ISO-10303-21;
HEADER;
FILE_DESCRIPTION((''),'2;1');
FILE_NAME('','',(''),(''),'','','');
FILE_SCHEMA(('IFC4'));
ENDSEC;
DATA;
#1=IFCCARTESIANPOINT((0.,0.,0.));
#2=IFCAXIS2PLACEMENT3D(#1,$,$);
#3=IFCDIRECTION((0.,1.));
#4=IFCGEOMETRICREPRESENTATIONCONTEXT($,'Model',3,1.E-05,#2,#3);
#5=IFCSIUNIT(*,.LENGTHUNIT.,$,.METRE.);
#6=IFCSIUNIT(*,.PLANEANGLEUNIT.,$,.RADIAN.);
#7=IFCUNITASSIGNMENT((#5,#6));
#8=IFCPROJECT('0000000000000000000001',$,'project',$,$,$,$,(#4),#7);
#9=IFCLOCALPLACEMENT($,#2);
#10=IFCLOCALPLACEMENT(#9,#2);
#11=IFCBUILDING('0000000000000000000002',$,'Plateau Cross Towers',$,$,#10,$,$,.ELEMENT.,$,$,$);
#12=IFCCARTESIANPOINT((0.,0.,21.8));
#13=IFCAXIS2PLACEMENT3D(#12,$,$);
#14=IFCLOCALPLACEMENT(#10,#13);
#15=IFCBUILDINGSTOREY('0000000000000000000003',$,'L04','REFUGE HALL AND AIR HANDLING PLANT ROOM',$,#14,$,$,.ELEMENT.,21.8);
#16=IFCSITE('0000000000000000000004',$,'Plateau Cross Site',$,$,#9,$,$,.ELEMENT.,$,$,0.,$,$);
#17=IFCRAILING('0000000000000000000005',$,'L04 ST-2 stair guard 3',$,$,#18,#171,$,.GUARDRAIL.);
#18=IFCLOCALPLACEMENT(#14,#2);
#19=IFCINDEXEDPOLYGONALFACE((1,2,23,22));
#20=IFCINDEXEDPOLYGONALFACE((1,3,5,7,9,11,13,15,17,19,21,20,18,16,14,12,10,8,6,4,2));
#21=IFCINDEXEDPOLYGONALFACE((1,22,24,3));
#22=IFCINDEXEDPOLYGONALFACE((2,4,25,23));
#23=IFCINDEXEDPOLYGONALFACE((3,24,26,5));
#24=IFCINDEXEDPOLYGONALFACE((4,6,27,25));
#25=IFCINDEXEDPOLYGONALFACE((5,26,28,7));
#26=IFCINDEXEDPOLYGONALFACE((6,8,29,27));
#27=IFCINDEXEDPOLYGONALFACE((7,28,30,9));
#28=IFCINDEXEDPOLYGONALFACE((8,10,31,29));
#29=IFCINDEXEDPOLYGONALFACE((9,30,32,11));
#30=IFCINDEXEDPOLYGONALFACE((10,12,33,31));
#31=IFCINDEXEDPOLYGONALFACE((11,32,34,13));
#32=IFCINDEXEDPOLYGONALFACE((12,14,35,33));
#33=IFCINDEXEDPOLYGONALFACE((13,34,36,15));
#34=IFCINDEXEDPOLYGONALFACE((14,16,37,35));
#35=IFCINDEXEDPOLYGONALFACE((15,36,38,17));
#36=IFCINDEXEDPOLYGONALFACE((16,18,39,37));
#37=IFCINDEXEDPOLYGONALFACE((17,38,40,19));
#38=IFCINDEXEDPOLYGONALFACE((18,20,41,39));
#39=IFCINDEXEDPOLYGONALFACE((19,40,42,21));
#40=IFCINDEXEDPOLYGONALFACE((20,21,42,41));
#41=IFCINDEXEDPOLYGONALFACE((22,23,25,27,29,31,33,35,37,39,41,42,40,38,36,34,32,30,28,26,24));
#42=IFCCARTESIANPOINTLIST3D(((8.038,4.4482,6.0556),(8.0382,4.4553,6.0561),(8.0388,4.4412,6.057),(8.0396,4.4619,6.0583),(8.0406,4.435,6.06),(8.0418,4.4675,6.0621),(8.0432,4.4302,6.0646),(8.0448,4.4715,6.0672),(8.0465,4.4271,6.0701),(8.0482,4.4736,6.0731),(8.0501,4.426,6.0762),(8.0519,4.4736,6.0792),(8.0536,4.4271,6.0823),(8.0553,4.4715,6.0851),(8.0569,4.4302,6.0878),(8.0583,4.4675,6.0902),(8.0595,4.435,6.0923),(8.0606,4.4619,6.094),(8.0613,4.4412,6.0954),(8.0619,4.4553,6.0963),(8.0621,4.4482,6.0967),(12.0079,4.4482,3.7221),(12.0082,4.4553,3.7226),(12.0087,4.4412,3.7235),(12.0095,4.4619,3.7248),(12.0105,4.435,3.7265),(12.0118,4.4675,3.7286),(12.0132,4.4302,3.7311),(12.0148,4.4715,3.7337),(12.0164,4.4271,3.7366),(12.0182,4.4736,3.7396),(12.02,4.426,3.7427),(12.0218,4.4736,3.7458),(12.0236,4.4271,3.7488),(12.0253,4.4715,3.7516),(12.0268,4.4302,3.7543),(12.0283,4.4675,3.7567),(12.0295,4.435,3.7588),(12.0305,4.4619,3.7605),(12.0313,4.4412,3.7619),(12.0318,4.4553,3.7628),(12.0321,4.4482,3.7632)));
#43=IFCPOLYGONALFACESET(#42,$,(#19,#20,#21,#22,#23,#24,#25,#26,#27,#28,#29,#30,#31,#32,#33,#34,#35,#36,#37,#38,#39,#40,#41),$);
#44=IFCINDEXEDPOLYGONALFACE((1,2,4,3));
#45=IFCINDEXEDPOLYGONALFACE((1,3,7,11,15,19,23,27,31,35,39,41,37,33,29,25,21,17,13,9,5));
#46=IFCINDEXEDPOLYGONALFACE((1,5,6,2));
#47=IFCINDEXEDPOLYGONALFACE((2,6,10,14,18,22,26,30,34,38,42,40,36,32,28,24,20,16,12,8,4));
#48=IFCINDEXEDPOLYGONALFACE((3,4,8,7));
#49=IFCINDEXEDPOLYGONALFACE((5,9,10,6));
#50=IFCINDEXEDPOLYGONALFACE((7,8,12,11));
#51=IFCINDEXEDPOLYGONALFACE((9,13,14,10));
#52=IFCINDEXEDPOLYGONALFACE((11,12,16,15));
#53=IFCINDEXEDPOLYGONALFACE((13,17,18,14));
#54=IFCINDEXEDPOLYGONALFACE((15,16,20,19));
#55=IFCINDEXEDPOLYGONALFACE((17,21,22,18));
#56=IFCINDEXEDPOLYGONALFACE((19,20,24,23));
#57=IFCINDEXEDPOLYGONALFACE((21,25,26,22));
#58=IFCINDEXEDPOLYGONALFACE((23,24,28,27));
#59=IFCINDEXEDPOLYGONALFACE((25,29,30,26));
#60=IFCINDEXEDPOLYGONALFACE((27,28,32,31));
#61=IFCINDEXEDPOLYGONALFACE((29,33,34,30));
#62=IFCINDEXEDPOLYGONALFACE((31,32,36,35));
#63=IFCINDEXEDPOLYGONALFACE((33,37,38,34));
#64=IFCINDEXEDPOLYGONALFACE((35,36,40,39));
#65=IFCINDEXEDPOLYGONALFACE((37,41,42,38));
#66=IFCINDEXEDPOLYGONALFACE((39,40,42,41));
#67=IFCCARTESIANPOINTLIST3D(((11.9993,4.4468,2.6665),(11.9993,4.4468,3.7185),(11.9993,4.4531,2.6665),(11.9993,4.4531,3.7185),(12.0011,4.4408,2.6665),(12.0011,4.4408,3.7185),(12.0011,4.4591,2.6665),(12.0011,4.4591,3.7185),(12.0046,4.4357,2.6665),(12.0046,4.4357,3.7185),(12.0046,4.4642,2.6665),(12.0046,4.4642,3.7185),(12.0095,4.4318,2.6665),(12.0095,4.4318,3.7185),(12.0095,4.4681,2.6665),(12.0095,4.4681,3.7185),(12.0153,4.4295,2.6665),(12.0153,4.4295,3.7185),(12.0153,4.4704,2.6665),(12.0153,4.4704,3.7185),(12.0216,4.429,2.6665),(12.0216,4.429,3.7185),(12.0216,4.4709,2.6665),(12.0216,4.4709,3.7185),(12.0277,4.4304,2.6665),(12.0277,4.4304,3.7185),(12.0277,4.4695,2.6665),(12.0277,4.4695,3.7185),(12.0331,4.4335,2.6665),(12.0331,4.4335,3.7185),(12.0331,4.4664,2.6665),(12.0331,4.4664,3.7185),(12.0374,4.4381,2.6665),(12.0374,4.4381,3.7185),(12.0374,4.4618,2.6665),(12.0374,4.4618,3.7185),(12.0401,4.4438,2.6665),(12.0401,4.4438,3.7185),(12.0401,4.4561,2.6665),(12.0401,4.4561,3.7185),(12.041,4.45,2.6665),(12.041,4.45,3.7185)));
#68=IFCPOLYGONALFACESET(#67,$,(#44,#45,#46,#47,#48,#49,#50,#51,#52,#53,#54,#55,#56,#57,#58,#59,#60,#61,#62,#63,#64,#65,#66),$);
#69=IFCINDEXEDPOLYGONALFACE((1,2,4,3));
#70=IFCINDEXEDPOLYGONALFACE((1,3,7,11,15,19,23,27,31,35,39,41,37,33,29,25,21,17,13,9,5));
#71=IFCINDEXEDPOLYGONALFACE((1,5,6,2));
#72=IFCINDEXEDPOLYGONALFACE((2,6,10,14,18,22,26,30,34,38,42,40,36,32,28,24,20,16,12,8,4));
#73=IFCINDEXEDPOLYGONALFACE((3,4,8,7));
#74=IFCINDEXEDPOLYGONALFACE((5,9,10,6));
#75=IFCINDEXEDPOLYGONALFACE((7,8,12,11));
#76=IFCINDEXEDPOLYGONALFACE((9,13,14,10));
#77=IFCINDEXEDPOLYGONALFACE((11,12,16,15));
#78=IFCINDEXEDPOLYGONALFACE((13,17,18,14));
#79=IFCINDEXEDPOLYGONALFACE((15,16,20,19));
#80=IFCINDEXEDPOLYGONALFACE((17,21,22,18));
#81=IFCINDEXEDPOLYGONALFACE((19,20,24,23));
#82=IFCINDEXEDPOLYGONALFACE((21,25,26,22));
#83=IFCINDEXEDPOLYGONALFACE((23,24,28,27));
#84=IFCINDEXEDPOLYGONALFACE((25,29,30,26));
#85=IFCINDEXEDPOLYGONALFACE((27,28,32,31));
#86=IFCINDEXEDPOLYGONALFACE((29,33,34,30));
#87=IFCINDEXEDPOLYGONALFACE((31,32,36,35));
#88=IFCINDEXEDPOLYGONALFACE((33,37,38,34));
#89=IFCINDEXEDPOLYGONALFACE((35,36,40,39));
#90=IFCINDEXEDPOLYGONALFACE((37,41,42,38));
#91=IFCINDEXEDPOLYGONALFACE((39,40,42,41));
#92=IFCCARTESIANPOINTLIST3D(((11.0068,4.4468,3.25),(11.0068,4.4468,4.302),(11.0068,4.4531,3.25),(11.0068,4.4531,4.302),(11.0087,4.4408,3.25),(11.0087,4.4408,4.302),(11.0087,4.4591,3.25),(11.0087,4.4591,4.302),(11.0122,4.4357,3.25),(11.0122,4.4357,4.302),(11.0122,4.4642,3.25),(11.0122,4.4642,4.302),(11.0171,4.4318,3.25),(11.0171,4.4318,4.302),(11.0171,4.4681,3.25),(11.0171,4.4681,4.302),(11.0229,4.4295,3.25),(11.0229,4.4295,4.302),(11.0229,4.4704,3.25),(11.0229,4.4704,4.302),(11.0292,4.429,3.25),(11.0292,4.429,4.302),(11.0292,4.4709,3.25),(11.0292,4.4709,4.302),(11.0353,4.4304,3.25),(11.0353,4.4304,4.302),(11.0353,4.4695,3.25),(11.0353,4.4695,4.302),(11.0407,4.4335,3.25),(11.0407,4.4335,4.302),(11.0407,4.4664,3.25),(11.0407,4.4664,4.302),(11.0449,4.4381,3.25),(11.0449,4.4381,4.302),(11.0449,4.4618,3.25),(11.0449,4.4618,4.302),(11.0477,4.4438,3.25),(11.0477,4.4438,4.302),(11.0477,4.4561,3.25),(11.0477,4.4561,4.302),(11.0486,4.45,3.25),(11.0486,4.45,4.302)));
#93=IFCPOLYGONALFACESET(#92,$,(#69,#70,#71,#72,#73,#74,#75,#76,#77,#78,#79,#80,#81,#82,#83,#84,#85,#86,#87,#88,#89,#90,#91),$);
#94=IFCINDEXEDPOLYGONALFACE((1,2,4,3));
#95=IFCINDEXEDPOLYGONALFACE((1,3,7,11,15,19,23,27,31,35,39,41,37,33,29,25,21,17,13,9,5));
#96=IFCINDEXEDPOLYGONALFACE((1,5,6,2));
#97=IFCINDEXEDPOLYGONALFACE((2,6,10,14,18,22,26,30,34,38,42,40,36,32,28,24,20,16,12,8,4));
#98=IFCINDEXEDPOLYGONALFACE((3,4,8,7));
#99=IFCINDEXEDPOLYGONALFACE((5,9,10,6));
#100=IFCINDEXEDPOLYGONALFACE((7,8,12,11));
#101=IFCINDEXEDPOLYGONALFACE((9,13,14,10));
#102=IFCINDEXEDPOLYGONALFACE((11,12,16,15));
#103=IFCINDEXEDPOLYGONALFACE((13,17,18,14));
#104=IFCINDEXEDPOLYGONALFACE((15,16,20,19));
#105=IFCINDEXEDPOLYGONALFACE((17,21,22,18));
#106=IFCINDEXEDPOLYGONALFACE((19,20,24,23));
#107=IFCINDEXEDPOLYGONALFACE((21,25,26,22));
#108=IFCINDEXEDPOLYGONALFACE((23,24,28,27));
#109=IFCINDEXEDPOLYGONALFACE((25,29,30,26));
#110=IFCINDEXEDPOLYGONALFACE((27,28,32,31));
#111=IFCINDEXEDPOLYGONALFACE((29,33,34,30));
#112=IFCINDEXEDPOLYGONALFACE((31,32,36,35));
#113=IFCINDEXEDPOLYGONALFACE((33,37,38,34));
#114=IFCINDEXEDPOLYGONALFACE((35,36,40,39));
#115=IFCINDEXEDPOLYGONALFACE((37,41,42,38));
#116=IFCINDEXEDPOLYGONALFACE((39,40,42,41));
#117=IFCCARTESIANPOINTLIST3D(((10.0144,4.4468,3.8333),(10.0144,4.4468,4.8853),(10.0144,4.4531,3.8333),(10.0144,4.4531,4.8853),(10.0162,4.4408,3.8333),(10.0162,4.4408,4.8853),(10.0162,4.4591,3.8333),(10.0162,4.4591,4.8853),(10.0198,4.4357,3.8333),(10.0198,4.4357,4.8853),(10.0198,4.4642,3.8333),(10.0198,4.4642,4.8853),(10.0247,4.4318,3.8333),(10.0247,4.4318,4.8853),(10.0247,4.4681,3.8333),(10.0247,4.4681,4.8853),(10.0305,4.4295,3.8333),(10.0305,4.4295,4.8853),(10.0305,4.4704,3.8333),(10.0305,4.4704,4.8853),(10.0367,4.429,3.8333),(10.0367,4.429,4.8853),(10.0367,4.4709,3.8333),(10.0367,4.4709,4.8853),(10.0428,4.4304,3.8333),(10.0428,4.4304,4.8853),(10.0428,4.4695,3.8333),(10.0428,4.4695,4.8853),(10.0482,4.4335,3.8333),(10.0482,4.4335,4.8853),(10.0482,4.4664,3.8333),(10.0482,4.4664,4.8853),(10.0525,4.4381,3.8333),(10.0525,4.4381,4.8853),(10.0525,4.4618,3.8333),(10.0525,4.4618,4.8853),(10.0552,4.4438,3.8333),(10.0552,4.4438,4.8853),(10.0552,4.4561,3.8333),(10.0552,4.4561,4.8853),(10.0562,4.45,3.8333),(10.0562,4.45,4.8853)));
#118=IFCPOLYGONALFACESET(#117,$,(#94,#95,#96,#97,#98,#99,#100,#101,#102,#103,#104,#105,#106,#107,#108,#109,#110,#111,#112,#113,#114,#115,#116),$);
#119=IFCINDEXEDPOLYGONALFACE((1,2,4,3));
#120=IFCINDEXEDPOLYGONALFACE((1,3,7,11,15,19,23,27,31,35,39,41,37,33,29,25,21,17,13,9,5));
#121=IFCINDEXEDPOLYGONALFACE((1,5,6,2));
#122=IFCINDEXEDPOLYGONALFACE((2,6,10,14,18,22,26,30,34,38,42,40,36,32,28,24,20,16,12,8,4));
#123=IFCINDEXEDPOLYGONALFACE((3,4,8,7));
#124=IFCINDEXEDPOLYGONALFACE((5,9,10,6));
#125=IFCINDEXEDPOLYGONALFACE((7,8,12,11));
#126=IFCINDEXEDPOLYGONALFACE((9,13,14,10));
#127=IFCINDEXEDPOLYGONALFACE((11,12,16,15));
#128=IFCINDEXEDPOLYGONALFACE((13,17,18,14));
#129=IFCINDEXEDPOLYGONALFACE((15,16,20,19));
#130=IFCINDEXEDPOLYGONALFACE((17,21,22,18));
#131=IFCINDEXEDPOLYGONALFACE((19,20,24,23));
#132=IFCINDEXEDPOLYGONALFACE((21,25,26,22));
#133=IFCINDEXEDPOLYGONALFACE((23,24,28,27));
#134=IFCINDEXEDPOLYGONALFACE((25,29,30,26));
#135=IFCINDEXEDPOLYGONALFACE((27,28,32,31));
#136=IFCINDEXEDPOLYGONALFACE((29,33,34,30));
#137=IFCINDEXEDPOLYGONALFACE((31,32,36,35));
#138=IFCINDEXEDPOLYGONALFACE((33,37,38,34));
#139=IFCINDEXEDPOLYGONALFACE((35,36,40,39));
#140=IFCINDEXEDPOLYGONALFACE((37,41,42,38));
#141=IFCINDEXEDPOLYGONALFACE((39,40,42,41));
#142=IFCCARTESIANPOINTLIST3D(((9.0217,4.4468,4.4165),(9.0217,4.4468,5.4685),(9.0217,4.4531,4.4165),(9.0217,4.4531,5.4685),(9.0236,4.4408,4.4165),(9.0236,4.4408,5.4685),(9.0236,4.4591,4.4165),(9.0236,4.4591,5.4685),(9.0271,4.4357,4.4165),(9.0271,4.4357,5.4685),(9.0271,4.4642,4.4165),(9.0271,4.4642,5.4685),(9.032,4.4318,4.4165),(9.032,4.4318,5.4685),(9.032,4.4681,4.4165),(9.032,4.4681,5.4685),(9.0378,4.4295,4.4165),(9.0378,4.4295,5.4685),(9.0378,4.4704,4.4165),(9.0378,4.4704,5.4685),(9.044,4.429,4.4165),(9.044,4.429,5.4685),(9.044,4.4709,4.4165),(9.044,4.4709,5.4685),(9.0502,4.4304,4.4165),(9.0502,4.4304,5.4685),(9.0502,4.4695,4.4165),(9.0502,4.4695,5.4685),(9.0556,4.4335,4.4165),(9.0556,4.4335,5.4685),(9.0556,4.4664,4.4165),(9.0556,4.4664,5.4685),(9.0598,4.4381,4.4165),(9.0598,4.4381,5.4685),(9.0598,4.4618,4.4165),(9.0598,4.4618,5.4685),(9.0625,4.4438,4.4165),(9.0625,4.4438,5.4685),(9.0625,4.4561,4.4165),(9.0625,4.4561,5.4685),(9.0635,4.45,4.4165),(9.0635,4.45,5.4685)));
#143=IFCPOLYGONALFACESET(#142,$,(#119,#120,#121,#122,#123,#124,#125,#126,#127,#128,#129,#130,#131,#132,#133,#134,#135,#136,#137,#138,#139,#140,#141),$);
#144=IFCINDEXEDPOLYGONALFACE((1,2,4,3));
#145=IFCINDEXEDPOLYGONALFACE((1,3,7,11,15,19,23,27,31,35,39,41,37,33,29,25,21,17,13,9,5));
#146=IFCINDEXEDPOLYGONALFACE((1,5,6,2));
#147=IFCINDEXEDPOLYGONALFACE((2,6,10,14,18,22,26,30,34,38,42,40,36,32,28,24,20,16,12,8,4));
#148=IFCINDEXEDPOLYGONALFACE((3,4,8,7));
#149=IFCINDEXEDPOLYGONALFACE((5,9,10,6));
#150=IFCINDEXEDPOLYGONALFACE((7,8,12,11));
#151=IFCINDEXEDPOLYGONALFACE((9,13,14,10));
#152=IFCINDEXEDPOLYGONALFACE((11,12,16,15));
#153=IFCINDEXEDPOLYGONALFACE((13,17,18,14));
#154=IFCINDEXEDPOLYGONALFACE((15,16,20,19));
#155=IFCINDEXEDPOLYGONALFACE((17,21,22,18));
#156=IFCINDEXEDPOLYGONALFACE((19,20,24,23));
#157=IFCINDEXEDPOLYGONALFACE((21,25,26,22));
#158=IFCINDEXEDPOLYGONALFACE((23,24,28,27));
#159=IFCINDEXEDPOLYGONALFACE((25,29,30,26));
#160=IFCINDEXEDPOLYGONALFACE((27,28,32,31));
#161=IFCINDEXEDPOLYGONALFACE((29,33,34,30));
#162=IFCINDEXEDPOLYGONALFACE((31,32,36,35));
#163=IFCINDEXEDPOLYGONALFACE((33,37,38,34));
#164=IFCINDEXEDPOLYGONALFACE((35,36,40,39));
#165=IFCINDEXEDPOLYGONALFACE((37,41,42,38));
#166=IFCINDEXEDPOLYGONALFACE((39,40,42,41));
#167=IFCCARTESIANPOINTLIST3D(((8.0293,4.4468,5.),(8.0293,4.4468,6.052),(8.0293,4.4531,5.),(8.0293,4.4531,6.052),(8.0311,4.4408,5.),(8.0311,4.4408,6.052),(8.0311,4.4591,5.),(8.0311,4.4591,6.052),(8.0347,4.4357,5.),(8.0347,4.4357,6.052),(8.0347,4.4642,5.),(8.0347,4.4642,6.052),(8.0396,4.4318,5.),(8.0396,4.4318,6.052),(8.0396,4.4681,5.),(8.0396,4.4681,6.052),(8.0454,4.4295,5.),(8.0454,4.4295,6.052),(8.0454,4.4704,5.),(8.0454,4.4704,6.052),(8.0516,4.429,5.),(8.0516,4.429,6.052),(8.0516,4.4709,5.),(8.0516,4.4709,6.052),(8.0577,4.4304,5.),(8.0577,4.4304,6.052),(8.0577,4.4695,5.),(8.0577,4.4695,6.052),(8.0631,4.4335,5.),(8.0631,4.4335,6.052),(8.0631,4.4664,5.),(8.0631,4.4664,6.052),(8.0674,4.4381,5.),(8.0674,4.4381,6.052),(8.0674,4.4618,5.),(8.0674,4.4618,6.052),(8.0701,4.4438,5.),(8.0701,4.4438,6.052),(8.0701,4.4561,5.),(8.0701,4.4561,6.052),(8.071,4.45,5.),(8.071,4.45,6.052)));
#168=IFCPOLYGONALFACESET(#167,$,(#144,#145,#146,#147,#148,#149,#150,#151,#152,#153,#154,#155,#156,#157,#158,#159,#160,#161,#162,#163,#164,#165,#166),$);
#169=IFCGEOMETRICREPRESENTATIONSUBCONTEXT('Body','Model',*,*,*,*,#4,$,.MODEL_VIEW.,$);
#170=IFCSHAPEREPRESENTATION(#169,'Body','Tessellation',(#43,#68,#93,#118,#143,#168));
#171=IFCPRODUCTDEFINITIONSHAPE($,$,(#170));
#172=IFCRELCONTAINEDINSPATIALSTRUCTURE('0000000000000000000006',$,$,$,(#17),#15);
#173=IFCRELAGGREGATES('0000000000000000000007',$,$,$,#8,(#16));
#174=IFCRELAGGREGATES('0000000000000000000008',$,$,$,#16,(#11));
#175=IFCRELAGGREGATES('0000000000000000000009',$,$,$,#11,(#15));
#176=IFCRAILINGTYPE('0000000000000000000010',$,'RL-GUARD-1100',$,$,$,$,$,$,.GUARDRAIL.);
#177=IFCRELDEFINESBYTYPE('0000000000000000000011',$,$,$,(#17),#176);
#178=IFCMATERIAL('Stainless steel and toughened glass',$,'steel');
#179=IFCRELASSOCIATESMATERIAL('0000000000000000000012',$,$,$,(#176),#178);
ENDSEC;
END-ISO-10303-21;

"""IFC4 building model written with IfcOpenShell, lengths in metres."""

from ifc_helpers import new_model, si_unit, direction, frame, origin, origin_2d, place, context, subcontext, project, spatial, circle, extrude, material, type_object, element, save


model = new_model("IFC4")

# Units and contexts
model_context = context("Model", 3, precision=1e-05, world=origin(), true_north=direction((0.0, 1.0)))
body_context = subcontext(model_context, "Body", "Model", "MODEL_VIEW")
ifc_project = project(units=[si_unit("LENGTHUNIT", "METRE"), si_unit("PLANEANGLEUNIT", "RADIAN")], contexts=[model_context])

# Site, building, storey
site_placement = place(None, origin())
site = spatial("IfcSite", under=ifc_project, at=site_placement, Name="Plateau Cross Site", CompositionType="ELEMENT", RefElevation=0.0)
building_placement = place(site_placement, origin())
building = spatial("IfcBuilding", under=site, at=building_placement, Name="Plateau Cross Towers", CompositionType="ELEMENT")
storey_placement = place(building_placement, frame((0.0, 0.0, 21.8)))
storey = spatial("IfcBuildingStorey", under=building, at=storey_placement, Name="L04", Description="REFUGE HALL AND AIR HANDLING PLANT ROOM", CompositionType="ELEMENT", Elevation=21.8)

# Railing
ifc_material_1 = material(Name="Stainless steel and toughened glass", Category="steel")
railing_type_1 = type_object("IfcRailingType", Name="RL-GUARD-1100", PredefinedType="GUARDRAIL", material=ifc_material_1)
railing_1_placement = place(storey_placement, frame((12.02, 4.45, 2.6665)))
element("IfcRailing", 1, at=railing_1_placement, inside=storey, type_object=railing_type_1, Name="L04 ST-2 stair guard 3", PredefinedType="GUARDRAIL", context=body_context, shape_type="SweptSolid", body=[
    extrude(circle(Radius=0.0239, at=origin_2d()), frame((0.0, 0.0, 1.0762), z_axis=(-0.862103, 0.0, 0.506733), x_axis=(0.0, -1.0, 0.0)), (0.0, 0.0, 1.0), 4.605),
    extrude(circle(Radius=0.021, at=origin_2d()), origin(), (0.0, 0.0, 1.0), 1.052),
    extrude(circle(Radius=0.021, at=origin_2d()), frame((-0.9924, 0.0, 0.5835)), (0.0, 0.0, 1.0), 1.052),
    extrude(circle(Radius=0.021, at=origin_2d()), frame((-1.9849, 0.0, 1.1667)), (0.0, 0.0, 1.0), 1.052),
    extrude(circle(Radius=0.021, at=origin_2d()), frame((-2.9775, 0.0, 1.75)), (0.0, 0.0, 1.0), 1.052),
    extrude(circle(Radius=0.021, at=origin_2d()), frame((-3.97, 0.0, 2.3335)), (0.0, 0.0, 1.0), 1.052),
])

save(model, "model.ifc")
